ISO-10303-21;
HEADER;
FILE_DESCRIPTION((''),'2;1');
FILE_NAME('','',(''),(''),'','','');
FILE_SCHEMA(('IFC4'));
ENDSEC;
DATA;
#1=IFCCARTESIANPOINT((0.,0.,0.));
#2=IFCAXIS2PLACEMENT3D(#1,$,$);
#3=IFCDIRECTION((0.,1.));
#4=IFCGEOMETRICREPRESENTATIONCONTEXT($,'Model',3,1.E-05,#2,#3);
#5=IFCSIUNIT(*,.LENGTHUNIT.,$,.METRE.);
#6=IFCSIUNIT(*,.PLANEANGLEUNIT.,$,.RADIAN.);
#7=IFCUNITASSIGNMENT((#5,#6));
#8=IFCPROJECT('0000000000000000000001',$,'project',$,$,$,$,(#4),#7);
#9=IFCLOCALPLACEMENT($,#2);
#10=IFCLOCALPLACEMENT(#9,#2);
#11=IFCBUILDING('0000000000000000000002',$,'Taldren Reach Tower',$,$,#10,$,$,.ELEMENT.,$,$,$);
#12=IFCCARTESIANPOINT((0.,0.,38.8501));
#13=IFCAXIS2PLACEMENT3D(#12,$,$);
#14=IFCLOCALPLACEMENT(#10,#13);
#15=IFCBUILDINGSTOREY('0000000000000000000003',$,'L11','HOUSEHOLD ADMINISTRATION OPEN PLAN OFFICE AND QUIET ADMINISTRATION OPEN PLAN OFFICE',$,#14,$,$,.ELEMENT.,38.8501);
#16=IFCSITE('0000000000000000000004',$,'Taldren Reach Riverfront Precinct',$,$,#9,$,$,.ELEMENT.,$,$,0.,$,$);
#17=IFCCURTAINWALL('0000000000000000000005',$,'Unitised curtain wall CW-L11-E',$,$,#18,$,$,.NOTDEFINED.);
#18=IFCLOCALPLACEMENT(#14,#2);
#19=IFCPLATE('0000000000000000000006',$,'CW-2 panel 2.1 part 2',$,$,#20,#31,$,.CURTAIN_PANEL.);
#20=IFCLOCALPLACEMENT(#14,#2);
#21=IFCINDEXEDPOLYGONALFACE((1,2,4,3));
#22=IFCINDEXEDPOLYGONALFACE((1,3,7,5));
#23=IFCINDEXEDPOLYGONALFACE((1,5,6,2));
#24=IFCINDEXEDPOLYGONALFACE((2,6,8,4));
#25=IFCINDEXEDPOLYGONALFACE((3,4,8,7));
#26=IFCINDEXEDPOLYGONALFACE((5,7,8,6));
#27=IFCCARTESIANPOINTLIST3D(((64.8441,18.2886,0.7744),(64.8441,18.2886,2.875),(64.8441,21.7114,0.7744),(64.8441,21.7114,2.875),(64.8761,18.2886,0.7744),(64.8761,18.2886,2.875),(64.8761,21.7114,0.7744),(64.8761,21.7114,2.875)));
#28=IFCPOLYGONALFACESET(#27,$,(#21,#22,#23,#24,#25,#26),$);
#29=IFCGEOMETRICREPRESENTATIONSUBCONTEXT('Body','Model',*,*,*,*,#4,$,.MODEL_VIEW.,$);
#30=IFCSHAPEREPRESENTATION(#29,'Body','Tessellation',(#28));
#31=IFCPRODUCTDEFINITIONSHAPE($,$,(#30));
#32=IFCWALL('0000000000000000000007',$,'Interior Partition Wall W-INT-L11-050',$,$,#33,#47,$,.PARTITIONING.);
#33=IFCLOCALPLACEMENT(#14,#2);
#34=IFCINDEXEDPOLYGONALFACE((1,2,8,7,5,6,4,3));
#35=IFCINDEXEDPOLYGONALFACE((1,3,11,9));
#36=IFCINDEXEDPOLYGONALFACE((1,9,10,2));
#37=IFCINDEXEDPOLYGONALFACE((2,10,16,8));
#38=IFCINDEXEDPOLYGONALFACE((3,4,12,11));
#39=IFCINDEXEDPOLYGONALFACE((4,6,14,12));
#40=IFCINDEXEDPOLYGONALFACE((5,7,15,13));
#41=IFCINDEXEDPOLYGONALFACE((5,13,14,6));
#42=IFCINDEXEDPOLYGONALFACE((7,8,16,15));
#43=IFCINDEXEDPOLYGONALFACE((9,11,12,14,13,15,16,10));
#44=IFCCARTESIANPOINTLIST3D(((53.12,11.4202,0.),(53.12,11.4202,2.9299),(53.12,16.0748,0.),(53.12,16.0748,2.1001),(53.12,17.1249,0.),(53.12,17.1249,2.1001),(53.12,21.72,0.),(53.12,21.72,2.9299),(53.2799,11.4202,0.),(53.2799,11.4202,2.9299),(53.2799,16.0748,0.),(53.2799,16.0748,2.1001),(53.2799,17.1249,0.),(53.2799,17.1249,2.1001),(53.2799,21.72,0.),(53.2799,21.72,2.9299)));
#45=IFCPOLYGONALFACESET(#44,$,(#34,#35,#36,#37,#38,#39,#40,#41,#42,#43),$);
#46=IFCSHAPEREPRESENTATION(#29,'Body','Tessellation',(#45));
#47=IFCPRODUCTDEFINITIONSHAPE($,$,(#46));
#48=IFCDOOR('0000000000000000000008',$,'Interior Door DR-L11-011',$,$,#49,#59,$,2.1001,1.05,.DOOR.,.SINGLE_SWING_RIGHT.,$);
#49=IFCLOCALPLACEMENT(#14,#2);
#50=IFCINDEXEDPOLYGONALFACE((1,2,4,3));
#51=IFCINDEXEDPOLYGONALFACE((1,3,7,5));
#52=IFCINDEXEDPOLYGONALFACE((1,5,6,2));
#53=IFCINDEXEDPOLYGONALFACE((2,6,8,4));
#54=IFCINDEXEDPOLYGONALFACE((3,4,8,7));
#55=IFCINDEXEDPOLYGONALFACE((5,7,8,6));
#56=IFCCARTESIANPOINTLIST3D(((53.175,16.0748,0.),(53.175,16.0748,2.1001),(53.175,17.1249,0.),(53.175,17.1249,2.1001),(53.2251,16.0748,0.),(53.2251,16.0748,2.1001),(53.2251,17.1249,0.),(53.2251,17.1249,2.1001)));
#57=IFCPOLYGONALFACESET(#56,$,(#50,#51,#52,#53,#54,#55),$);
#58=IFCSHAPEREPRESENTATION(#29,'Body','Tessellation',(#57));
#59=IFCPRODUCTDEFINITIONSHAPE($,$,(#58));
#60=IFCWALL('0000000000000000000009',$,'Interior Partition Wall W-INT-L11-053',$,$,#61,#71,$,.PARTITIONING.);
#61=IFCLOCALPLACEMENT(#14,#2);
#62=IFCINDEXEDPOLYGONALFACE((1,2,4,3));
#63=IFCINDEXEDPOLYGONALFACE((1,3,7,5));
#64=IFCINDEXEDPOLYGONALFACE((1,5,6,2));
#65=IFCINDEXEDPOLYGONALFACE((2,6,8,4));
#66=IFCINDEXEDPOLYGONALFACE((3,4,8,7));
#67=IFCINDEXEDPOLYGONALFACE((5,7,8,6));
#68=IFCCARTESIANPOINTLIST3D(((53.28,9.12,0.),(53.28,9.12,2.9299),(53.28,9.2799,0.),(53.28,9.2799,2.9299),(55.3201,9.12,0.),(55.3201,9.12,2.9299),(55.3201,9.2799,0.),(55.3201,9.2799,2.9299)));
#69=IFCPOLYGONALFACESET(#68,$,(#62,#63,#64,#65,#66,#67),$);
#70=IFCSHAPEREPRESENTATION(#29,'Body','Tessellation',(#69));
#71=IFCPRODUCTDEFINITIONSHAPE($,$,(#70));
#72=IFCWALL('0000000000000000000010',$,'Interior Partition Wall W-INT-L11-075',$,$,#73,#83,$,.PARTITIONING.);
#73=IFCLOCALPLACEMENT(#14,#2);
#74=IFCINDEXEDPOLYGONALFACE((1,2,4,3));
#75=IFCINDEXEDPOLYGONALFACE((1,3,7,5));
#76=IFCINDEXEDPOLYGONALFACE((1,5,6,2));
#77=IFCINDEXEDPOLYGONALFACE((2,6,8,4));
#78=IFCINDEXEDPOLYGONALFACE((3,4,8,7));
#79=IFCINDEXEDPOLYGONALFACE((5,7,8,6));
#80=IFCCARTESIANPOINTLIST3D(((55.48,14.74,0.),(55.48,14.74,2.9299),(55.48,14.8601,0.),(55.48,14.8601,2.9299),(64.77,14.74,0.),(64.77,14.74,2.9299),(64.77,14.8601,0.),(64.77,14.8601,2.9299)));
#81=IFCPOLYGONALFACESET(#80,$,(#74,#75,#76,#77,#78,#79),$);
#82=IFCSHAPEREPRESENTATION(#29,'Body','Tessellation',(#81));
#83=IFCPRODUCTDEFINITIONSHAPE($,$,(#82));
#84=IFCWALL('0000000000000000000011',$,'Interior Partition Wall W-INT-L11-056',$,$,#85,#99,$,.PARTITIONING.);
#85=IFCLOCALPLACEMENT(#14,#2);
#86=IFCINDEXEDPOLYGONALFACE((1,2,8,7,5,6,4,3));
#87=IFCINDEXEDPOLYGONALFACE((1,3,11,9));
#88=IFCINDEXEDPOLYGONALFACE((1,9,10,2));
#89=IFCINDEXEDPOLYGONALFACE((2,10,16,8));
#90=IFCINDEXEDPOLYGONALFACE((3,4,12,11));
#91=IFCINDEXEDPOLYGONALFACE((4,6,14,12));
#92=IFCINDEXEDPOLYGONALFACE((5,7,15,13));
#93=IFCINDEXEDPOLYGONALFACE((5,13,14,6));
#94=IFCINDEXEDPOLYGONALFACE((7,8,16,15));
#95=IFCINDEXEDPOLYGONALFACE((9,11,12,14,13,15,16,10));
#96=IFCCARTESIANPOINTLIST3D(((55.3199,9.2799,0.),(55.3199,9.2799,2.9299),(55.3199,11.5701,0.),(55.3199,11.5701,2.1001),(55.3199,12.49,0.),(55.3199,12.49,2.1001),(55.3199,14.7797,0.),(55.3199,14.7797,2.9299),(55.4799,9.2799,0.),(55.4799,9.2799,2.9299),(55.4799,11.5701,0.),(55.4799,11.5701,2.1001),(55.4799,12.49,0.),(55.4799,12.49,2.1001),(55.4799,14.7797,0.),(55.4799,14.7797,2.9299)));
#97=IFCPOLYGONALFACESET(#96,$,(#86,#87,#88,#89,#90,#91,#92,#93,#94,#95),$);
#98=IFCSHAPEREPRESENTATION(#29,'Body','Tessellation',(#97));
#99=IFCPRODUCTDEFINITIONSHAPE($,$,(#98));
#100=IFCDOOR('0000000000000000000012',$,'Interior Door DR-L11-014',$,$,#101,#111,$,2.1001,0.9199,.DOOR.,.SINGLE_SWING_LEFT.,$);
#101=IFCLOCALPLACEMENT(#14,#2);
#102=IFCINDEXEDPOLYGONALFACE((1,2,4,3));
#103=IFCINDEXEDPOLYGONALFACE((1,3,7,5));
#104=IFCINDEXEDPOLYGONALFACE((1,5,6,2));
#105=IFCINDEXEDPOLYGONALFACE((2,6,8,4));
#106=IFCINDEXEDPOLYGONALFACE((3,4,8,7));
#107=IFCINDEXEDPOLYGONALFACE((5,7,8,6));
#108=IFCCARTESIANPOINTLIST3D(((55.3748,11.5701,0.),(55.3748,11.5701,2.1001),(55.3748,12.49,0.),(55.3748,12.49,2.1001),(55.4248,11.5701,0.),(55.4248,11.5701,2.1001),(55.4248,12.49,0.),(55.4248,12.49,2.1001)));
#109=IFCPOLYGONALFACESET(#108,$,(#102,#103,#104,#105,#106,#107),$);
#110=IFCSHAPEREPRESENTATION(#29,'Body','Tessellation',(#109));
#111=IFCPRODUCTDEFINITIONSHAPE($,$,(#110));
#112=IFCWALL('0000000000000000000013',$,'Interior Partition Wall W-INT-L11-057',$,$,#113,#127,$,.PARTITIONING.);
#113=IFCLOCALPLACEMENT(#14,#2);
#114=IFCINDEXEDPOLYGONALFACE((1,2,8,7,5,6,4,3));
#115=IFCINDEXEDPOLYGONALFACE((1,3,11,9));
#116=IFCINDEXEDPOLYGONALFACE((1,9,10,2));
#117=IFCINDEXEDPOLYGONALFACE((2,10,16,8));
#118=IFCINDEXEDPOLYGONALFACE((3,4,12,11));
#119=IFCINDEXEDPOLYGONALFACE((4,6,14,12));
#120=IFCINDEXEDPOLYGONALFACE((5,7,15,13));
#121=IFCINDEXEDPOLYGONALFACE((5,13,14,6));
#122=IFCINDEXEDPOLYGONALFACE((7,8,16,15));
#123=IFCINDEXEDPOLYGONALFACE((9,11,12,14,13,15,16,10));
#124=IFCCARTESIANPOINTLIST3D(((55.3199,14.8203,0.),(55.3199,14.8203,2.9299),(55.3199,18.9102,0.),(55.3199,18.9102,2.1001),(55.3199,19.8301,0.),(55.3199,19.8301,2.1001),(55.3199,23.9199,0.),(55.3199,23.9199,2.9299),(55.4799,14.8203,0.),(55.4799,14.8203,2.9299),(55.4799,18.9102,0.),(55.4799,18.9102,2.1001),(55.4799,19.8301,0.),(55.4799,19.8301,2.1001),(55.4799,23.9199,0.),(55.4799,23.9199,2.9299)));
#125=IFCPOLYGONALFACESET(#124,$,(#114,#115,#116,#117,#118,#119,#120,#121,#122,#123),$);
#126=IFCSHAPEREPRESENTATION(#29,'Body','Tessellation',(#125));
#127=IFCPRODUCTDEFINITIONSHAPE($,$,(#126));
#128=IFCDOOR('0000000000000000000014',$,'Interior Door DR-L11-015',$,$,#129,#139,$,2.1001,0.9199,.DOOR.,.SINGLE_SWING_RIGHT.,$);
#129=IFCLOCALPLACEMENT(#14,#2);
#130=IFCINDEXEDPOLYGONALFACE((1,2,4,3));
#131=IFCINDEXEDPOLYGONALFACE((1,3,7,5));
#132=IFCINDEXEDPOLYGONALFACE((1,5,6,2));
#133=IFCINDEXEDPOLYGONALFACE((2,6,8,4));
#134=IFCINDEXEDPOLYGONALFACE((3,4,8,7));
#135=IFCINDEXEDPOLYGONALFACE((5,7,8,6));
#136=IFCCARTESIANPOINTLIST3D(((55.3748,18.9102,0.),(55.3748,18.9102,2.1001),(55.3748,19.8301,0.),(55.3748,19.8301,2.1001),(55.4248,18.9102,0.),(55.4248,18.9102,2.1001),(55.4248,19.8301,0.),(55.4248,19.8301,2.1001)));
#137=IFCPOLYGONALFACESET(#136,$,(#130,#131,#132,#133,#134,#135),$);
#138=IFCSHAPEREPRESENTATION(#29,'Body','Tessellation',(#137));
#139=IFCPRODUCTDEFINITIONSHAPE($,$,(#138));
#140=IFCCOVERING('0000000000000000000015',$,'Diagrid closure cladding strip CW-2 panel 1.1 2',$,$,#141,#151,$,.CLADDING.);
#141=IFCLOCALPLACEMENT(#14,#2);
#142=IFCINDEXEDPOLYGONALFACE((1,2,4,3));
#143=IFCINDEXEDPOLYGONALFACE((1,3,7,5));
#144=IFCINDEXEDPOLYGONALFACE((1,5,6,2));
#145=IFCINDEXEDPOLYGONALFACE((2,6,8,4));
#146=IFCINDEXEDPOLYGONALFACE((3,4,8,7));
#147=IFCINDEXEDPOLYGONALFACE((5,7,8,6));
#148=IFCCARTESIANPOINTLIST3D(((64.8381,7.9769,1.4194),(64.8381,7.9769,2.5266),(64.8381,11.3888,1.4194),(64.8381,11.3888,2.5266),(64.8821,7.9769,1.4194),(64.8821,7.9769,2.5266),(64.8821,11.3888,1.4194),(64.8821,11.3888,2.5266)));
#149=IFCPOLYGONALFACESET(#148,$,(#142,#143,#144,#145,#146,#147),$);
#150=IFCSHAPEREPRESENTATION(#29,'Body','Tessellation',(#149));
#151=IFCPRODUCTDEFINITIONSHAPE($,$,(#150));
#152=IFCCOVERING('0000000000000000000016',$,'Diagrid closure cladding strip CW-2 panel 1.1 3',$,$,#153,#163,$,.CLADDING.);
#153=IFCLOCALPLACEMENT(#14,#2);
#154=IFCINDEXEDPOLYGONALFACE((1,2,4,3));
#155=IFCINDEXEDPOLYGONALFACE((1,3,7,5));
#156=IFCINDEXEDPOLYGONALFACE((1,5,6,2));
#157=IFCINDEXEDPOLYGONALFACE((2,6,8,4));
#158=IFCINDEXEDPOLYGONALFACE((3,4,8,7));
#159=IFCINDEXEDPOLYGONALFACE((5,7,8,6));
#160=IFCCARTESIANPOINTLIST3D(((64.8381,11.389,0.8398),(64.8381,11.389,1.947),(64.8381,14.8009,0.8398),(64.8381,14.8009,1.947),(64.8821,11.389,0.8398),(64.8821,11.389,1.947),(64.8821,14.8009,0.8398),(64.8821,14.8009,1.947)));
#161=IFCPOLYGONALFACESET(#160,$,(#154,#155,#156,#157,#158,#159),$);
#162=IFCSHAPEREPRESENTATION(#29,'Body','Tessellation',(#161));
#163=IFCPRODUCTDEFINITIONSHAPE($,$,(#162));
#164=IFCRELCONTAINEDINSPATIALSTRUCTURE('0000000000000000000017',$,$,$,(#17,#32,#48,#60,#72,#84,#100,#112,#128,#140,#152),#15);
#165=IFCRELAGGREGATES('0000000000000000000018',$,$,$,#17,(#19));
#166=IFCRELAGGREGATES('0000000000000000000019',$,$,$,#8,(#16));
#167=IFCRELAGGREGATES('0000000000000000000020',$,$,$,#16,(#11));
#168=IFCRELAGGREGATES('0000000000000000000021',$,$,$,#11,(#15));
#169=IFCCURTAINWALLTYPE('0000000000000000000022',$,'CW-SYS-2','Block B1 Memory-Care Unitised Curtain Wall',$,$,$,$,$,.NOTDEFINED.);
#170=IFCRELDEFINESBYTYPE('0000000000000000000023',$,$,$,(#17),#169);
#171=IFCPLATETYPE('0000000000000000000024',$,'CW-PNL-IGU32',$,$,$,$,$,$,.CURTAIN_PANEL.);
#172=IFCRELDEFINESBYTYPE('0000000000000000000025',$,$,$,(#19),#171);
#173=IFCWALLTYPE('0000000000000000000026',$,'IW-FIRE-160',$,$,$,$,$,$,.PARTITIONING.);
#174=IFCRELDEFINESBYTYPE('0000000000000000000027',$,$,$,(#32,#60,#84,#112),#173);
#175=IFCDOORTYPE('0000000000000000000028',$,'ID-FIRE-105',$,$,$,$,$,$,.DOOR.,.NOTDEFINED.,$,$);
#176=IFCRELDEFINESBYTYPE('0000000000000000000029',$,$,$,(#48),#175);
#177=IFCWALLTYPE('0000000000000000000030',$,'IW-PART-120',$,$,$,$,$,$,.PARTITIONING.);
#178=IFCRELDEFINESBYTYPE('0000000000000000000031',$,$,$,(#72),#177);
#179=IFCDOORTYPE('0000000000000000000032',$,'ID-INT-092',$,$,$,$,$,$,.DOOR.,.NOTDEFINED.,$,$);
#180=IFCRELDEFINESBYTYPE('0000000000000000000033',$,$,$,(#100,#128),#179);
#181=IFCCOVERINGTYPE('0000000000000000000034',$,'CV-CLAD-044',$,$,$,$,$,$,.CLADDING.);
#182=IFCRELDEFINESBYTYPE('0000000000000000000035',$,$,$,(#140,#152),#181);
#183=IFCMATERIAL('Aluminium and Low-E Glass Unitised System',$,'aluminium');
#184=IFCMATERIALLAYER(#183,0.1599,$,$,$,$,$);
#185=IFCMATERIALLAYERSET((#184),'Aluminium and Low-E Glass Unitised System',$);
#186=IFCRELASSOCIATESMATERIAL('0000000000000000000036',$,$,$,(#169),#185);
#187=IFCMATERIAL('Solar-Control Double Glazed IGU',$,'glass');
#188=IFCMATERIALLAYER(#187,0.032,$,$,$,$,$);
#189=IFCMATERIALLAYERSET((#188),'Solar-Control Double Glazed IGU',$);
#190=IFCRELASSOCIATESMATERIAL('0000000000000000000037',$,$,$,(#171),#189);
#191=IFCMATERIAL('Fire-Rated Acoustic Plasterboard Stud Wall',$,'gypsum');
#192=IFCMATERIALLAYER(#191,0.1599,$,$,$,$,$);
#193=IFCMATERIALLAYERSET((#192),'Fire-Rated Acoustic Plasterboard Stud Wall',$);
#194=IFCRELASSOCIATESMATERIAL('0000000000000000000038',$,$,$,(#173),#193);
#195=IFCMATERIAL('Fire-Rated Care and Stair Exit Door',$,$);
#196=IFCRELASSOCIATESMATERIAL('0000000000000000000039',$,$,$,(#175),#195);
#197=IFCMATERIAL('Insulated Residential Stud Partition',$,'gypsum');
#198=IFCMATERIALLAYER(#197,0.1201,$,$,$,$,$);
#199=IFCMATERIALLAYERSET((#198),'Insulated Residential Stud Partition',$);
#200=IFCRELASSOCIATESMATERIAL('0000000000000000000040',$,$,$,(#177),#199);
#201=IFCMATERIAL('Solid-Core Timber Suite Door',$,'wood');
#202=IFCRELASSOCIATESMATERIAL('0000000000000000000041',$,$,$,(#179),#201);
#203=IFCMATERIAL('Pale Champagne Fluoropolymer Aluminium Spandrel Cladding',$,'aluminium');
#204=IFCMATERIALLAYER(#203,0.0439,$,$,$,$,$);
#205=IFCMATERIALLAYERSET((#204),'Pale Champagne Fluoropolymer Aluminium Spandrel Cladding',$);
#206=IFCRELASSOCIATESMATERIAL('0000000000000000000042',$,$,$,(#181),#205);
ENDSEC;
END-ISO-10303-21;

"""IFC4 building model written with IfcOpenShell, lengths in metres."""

from ifc_helpers import new_model, si_unit, direction, frame, frame_2d, origin, origin_2d, place, context, subcontext, project, spatial, rectangle, extrude, source, transform, mapped, material, layer, layer_set, type_object, element, fill, aggregate, save


model = new_model("IFC4")

# Units and contexts
model_context = context("Model", 3, precision=1e-05, world=origin(), true_north=direction((0.0, 1.0)))
body_context = subcontext(model_context, "Body", "Model", "MODEL_VIEW")
ifc_project = project(units=[si_unit("LENGTHUNIT", "METRE"), si_unit("PLANEANGLEUNIT", "RADIAN")], contexts=[model_context])

# Site, building, storey
site_placement = place(None, origin())
site = spatial("IfcSite", under=ifc_project, at=site_placement, Name="Taldren Reach Riverfront Precinct", CompositionType="ELEMENT", RefElevation=0.0)
building_placement = place(site_placement, origin())
building = spatial("IfcBuilding", under=site, at=building_placement, Name="Taldren Reach Tower", CompositionType="ELEMENT")
storey_placement = place(building_placement, frame((0.0, 0.0, 38.8501)))
storey = spatial("IfcBuildingStorey", under=building, at=storey_placement, Name="L11", Description="HOUSEHOLD ADMINISTRATION OPEN PLAN OFFICE AND QUIET ADMINISTRATION OPEN PLAN OFFICE", CompositionType="ELEMENT", Elevation=38.8501)

# Curtain wall
ifc_material_1 = material(Name="Aluminium and Low-E Glass Unitised System", Category="aluminium")
ifc_layer_1 = layer(ifc_material_1, 0.1599)
ifc_layer_set_1 = layer_set([ifc_layer_1], Name="Aluminium and Low-E Glass Unitised System")
curtain_wall_type = type_object("IfcCurtainWallType", Name="CW-SYS-2", Description="Block B1 Memory-Care Unitised Curtain Wall", PredefinedType="NOTDEFINED", material=ifc_layer_set_1)
curtain_wall_placement = place(storey_placement, origin())
curtain_wall = element("IfcCurtainWall", 1, at=curtain_wall_placement, inside=storey, type_object=curtain_wall_type, Name="Unitised curtain wall CW-L11-E", PredefinedType="NOTDEFINED")

# Plate
ifc_material_2 = material(Name="Solar-Control Double Glazed IGU", Category="glass")
ifc_layer_2 = layer(ifc_material_2, 0.032)
ifc_layer_set_2 = layer_set([ifc_layer_2], Name="Solar-Control Double Glazed IGU")
plate_type_1 = type_object("IfcPlateType", Name="CW-PNL-IGU32", PredefinedType="CURTAIN_PANEL", material=ifc_layer_set_2)
shared_shape_1 = source(origin(), body_context, "Body", "SweptSolid", [
    extrude(rectangle(XDim=3.4229, YDim=0.032, at=origin_2d()), origin(), (0.0, 0.0, 1.0), 2.1006),
])
plate_1_placement = place(storey_placement, frame((64.8601, 20.0, 0.7744), z_axis=(0.0, 0.0, 1.0), x_axis=(0.0, 1.0, 0.0)))
plate_1 = element("IfcPlate", 2, at=plate_1_placement, type_object=plate_type_1, Name="CW-2 panel 2.1 part 2", PredefinedType="CURTAIN_PANEL", context=body_context, shape_type="MappedRepresentation", body=[
    mapped(shared_shape_1, transform((0.0, 0.0, 0.0), scale=1.0)),
])
aggregate(curtain_wall, [plate_1])

# Wall, opening, door
ifc_material_3 = material(Name="Fire-Rated Acoustic Plasterboard Stud Wall", Category="gypsum")
ifc_layer_3 = layer(ifc_material_3, 0.1599)
ifc_layer_set_3 = layer_set([ifc_layer_3], Name="Fire-Rated Acoustic Plasterboard Stud Wall")
wall_type_1 = type_object("IfcWallType", Name="IW-FIRE-160", PredefinedType="PARTITIONING", material=ifc_layer_set_3)
shared_shape_2 = source(origin(), body_context, "Body", "SweptSolid", [
    extrude(rectangle(XDim=10.2998, YDim=0.1599, at=frame_2d((5.1499, 0.0))), origin(), (0.0, 0.0, 1.0), 2.9299),
])
wall_1_placement = place(storey_placement, frame((53.2, 11.4202, 0.0), z_axis=(0.0, 0.0, 1.0), x_axis=(0.0, 1.0, 0.0)))
wall_1 = element("IfcWall", 3, at=wall_1_placement, inside=storey, type_object=wall_type_1, Name="Interior Partition Wall W-INT-L11-050", PredefinedType="PARTITIONING", context=body_context, shape_type="MappedRepresentation", body=[
    mapped(shared_shape_2, transform((0.0, 0.0, 0.0), scale=1.0)),
])
shared_shape_3 = source(origin(), body_context, "Body", "SweptSolid", [
    extrude(rectangle(XDim=1.05, YDim=2.1001, at=frame_2d((0.5249, 1.05))), frame((0.0, 0.0898, 0.0), z_axis=(0.0, -1.0, 0.0), x_axis=(1.0, 0.0, 0.0)), (0.0, 0.0, 1.0), 0.1799),
])
opening_1_placement = place(wall_1_placement, frame((4.6548, 0.0, 0.0)))
opening_1 = element("IfcOpeningElement", 4, at=opening_1_placement, cuts=wall_1, PredefinedType="OPENING", context=body_context, shape_type="MappedRepresentation", body=[
    mapped(shared_shape_3, transform((0.0, 0.0, 0.0), scale=1.0)),
])
ifc_material_4 = material(Name="Fire-Rated Care and Stair Exit Door")
door_type_1 = type_object("IfcDoorType", Name="ID-FIRE-105", OperationType="NOTDEFINED", PredefinedType="DOOR", material=ifc_material_4)
shared_shape_4 = source(origin(), body_context, "Body", "SweptSolid", [
    extrude(rectangle(XDim=1.05, YDim=2.1001, at=frame_2d((0.5249, 1.05))), frame((0.0, 0.0249, 0.0), z_axis=(0.0, -1.0, 0.0), x_axis=(1.0, 0.0, 0.0)), (0.0, 0.0, 1.0), 0.05),
])
door_1_placement = place(opening_1_placement, origin())
door_1 = element("IfcDoor", 5, at=door_1_placement, inside=storey, type_object=door_type_1, Name="Interior Door DR-L11-011", OperationType="SINGLE_SWING_RIGHT", OverallHeight=2.1001, OverallWidth=1.05, PredefinedType="DOOR", context=body_context, shape_type="MappedRepresentation", body=[
    mapped(shared_shape_4, transform((0.0, 0.0, 0.0), scale=1.0)),
])
fill(opening_1, door_1)

# Walls
shared_shape_5 = source(origin(), body_context, "Body", "SweptSolid", [
    extrude(rectangle(XDim=2.04, YDim=0.1599, at=frame_2d((1.02, 0.0))), origin(), (0.0, 0.0, 1.0), 2.9299),
])
wall_2_placement = place(storey_placement, frame((55.3201, 9.2, 0.0), z_axis=(0.0, 0.0, 1.0), x_axis=(-1.0, 0.0, 0.0)))
element("IfcWall", 6, at=wall_2_placement, inside=storey, type_object=wall_type_1, Name="Interior Partition Wall W-INT-L11-053", PredefinedType="PARTITIONING", context=body_context, shape_type="MappedRepresentation", body=[
    mapped(shared_shape_5, transform((0.0, 0.0, 0.0), scale=1.0)),
])
ifc_material_5 = material(Name="Insulated Residential Stud Partition", Category="gypsum")
ifc_layer_4 = layer(ifc_material_5, 0.1201)
ifc_layer_set_4 = layer_set([ifc_layer_4], Name="Insulated Residential Stud Partition")
wall_type_2 = type_object("IfcWallType", Name="IW-PART-120", PredefinedType="PARTITIONING", material=ifc_layer_set_4)
shared_shape_6 = source(origin(), body_context, "Body", "SweptSolid", [
    extrude(rectangle(XDim=9.29, YDim=0.1201, at=frame_2d((4.645, 0.0))), origin(), (0.0, 0.0, 1.0), 2.9299),
])
wall_3_placement = place(storey_placement, frame((55.48, 14.8, 0.0), z_axis=(0.0, 0.0, 1.0), x_axis=(1.0, 0.0, 0.0)))
element("IfcWall", 7, at=wall_3_placement, inside=storey, type_object=wall_type_2, Name="Interior Partition Wall W-INT-L11-075", PredefinedType="PARTITIONING", context=body_context, shape_type="MappedRepresentation", body=[
    mapped(shared_shape_6, transform((0.0, 0.0, 0.0), scale=1.0)),
])

# Walls, openings, doors
shared_shape_7 = source(origin(), body_context, "Body", "SweptSolid", [
    extrude(rectangle(XDim=5.4998, YDim=0.1599, at=frame_2d((2.75, 0.0))), origin(), (0.0, 0.0, 1.0), 2.9299),
])
wall_4_placement = place(storey_placement, frame((55.3999, 14.7798, 0.0), z_axis=(0.0, 0.0, 1.0), x_axis=(0.0, -1.0, 0.0)))
wall_4 = element("IfcWall", 8, at=wall_4_placement, inside=storey, type_object=wall_type_1, Name="Interior Partition Wall W-INT-L11-056", PredefinedType="PARTITIONING", context=body_context, shape_type="MappedRepresentation", body=[
    mapped(shared_shape_7, transform((0.0, 0.0, 0.0), scale=1.0)),
])
shared_shape_8 = source(origin(), body_context, "Body", "SweptSolid", [
    extrude(rectangle(XDim=0.9199, YDim=2.1001, at=frame_2d((0.46, 1.05))), frame((0.0, 0.0898, 0.0), z_axis=(0.0, -1.0, 0.0), x_axis=(1.0, 0.0, 0.0)), (0.0, 0.0, 1.0), 0.1799),
])
opening_2_placement = place(wall_4_placement, frame((2.2898, 0.0, 0.0)))
opening_2 = element("IfcOpeningElement", 9, at=opening_2_placement, cuts=wall_4, PredefinedType="OPENING", context=body_context, shape_type="MappedRepresentation", body=[
    mapped(shared_shape_8, transform((0.0, 0.0, 0.0), scale=1.0)),
])
ifc_material_6 = material(Name="Solid-Core Timber Suite Door", Category="wood")
door_type_2 = type_object("IfcDoorType", Name="ID-INT-092", OperationType="NOTDEFINED", PredefinedType="DOOR", material=ifc_material_6)
shared_shape_9 = source(origin(), body_context, "Body", "SweptSolid", [
    extrude(rectangle(XDim=0.9199, YDim=2.1001, at=frame_2d((0.46, 1.05))), frame((0.0, 0.0249, 0.0), z_axis=(0.0, -1.0, 0.0), x_axis=(1.0, 0.0, 0.0)), (0.0, 0.0, 1.0), 0.05),
])
door_2_placement = place(opening_2_placement, origin())
door_2 = element("IfcDoor", 10, at=door_2_placement, inside=storey, type_object=door_type_2, Name="Interior Door DR-L11-014", OperationType="SINGLE_SWING_LEFT", OverallHeight=2.1001, OverallWidth=0.9199, PredefinedType="DOOR", context=body_context, shape_type="MappedRepresentation", body=[
    mapped(shared_shape_9, transform((0.0, 0.0, 0.0), scale=1.0)),
])
fill(opening_2, door_2)
shared_shape_10 = source(origin(), body_context, "Body", "SweptSolid", [
    extrude(rectangle(XDim=9.0996, YDim=0.1599, at=frame_2d((4.5498, 0.0))), origin(), (0.0, 0.0, 1.0), 2.9299),
])
wall_5_placement = place(storey_placement, frame((55.3999, 23.9199, 0.0), z_axis=(0.0, 0.0, 1.0), x_axis=(0.0, -1.0, 0.0)))
wall_5 = element("IfcWall", 11, at=wall_5_placement, inside=storey, type_object=wall_type_1, Name="Interior Partition Wall W-INT-L11-057", PredefinedType="PARTITIONING", context=body_context, shape_type="MappedRepresentation", body=[
    mapped(shared_shape_10, transform((0.0, 0.0, 0.0), scale=1.0)),
])
opening_3_placement = place(wall_5_placement, frame((4.0898, 0.0, 0.0)))
opening_3 = element("IfcOpeningElement", 12, at=opening_3_placement, cuts=wall_5, PredefinedType="OPENING", context=body_context, shape_type="MappedRepresentation", body=[
    mapped(shared_shape_8, transform((0.0, 0.0, 0.0), scale=1.0)),
])
door_3_placement = place(opening_3_placement, origin())
door_3 = element("IfcDoor", 13, at=door_3_placement, inside=storey, type_object=door_type_2, Name="Interior Door DR-L11-015", OperationType="SINGLE_SWING_RIGHT", OverallHeight=2.1001, OverallWidth=0.9199, PredefinedType="DOOR", context=body_context, shape_type="MappedRepresentation", body=[
    mapped(shared_shape_9, transform((0.0, 0.0, 0.0), scale=1.0)),
])
fill(opening_3, door_3)

# Coverings
ifc_material_7 = material(Name="Pale Champagne Fluoropolymer Aluminium Spandrel Cladding", Category="aluminium")
ifc_layer_5 = layer(ifc_material_7, 0.0439)
ifc_layer_set_5 = layer_set([ifc_layer_5], Name="Pale Champagne Fluoropolymer Aluminium Spandrel Cladding")
covering_type = type_object("IfcCoveringType", Name="CV-CLAD-044", PredefinedType="CLADDING", material=ifc_layer_set_5)
shared_shape_11 = source(origin(), body_context, "Body", "SweptSolid", [
    extrude(rectangle(XDim=3.4119, YDim=0.0439, at=origin_2d()), origin(), (0.0, 0.0, 1.0), 1.1072),
])
for number, where, z_axis, x_axis, name in (
    (14, (64.8601, 9.6829, 1.4194), (0.0, 0.0, 1.0), (0.0, 1.0, 0.0), "Diagrid closure cladding strip CW-2 panel 1.1 2"),
    (15, (64.8601, 13.095, 0.8398), (0.0, 0.0, 1.0), (0.0, 1.0, 0.0), "Diagrid closure cladding strip CW-2 panel 1.1 3"),
):
    element("IfcCovering", number, at=place(storey_placement, frame(where, z_axis=z_axis, x_axis=x_axis)), inside=storey, type_object=covering_type, Name=name, PredefinedType="CLADDING", context=body_context, shape_type="MappedRepresentation", body=[
        mapped(shared_shape_11, transform((0.0, 0.0, 0.0), scale=1.0)),
    ])

save(model, "model.ifc")
